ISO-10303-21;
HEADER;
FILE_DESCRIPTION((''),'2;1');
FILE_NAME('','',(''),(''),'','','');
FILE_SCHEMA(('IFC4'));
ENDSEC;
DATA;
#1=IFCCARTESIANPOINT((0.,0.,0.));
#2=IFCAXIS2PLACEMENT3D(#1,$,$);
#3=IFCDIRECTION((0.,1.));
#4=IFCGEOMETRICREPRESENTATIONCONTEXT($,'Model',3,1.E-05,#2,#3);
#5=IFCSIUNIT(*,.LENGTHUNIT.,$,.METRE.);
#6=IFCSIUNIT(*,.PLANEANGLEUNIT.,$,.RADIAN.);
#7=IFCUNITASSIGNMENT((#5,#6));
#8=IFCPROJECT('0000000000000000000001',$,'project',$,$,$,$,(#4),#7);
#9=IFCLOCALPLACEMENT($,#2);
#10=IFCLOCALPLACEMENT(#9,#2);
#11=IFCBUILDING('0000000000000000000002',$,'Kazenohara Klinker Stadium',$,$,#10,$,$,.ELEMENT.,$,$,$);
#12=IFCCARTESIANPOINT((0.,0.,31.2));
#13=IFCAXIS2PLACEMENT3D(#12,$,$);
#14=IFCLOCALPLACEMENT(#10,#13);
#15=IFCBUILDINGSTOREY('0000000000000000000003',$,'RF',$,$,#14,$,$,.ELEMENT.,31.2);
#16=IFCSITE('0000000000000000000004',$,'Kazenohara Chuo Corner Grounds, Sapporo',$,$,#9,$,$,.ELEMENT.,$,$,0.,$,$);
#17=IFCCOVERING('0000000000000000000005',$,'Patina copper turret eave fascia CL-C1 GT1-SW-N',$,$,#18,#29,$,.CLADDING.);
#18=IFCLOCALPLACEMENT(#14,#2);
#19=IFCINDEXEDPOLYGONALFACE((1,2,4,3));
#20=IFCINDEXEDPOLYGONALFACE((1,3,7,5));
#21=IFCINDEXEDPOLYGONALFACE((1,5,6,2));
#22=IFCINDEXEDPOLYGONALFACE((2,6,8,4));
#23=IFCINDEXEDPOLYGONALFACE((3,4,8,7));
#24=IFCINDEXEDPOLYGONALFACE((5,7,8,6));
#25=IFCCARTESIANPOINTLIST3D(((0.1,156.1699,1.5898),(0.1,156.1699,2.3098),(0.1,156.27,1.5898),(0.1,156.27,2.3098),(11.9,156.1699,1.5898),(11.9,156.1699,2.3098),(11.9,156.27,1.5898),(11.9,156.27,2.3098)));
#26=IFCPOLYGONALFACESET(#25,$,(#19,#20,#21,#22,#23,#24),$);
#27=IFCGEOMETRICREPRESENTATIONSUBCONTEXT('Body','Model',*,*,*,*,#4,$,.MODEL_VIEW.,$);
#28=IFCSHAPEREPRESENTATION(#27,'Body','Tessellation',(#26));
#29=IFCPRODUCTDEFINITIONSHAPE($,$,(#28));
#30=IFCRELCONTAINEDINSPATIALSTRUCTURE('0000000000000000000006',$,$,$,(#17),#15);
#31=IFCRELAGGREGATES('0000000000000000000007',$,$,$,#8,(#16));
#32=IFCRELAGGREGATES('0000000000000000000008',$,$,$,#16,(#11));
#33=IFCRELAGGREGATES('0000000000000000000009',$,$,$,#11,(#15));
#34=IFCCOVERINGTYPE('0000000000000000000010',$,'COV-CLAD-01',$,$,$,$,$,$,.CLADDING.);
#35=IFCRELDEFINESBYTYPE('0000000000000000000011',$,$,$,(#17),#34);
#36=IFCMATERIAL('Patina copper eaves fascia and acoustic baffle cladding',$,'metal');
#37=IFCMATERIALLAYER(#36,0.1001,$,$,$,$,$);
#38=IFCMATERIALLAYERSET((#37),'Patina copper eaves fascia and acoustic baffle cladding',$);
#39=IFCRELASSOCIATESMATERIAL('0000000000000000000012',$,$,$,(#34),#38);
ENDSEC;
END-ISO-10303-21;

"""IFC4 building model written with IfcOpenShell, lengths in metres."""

from ifc_helpers import new_model, si_unit, direction, frame, origin, origin_2d, place, context, subcontext, project, spatial, rectangle, extrude, material, layer, layer_set, type_object, element, save


model = new_model("IFC4")

# Units and contexts
model_context = context("Model", 3, precision=1e-05, world=origin(), true_north=direction((0.0, 1.0)))
body_context = subcontext(model_context, "Body", "Model", "MODEL_VIEW")
ifc_project = project(units=[si_unit("LENGTHUNIT", "METRE"), si_unit("PLANEANGLEUNIT", "RADIAN")], contexts=[model_context])

# Site, building, storey
site_placement = place(None, origin())
site = spatial("IfcSite", under=ifc_project, at=site_placement, Name="Kazenohara Chuo Corner Grounds, Sapporo", CompositionType="ELEMENT", RefElevation=0.0)
building_placement = place(site_placement, origin())
building = spatial("IfcBuilding", under=site, at=building_placement, Name="Kazenohara Klinker Stadium", CompositionType="ELEMENT")
storey_placement = place(building_placement, frame((0.0, 0.0, 31.2)))
storey = spatial("IfcBuildingStorey", under=building, at=storey_placement, Name="RF", CompositionType="ELEMENT", Elevation=31.2)

# Covering
ifc_material_1 = material(Name="Patina copper eaves fascia and acoustic baffle cladding", Category="metal")
ifc_layer_1 = layer(ifc_material_1, 0.1001)
ifc_layer_set_1 = layer_set([ifc_layer_1], Name="Patina copper eaves fascia and acoustic baffle cladding")
covering_type = type_object("IfcCoveringType", Name="COV-CLAD-01", PredefinedType="CLADDING", material=ifc_layer_set_1)
covering_1_placement = place(storey_placement, frame((6.0, 156.22, 1.5898), z_axis=(0.0, 0.0, 1.0), x_axis=(1.0, 0.0, 0.0)))
element("IfcCovering", 1, at=covering_1_placement, inside=storey, type_object=covering_type, Name="Patina copper turret eave fascia CL-C1 GT1-SW-N", PredefinedType="CLADDING", context=body_context, shape_type="SweptSolid", body=[
    extrude(rectangle(XDim=11.8, YDim=0.1001, at=origin_2d()), origin(), (0.0, 0.0, 1.0), 0.72),
])

save(model, "model.ifc")
